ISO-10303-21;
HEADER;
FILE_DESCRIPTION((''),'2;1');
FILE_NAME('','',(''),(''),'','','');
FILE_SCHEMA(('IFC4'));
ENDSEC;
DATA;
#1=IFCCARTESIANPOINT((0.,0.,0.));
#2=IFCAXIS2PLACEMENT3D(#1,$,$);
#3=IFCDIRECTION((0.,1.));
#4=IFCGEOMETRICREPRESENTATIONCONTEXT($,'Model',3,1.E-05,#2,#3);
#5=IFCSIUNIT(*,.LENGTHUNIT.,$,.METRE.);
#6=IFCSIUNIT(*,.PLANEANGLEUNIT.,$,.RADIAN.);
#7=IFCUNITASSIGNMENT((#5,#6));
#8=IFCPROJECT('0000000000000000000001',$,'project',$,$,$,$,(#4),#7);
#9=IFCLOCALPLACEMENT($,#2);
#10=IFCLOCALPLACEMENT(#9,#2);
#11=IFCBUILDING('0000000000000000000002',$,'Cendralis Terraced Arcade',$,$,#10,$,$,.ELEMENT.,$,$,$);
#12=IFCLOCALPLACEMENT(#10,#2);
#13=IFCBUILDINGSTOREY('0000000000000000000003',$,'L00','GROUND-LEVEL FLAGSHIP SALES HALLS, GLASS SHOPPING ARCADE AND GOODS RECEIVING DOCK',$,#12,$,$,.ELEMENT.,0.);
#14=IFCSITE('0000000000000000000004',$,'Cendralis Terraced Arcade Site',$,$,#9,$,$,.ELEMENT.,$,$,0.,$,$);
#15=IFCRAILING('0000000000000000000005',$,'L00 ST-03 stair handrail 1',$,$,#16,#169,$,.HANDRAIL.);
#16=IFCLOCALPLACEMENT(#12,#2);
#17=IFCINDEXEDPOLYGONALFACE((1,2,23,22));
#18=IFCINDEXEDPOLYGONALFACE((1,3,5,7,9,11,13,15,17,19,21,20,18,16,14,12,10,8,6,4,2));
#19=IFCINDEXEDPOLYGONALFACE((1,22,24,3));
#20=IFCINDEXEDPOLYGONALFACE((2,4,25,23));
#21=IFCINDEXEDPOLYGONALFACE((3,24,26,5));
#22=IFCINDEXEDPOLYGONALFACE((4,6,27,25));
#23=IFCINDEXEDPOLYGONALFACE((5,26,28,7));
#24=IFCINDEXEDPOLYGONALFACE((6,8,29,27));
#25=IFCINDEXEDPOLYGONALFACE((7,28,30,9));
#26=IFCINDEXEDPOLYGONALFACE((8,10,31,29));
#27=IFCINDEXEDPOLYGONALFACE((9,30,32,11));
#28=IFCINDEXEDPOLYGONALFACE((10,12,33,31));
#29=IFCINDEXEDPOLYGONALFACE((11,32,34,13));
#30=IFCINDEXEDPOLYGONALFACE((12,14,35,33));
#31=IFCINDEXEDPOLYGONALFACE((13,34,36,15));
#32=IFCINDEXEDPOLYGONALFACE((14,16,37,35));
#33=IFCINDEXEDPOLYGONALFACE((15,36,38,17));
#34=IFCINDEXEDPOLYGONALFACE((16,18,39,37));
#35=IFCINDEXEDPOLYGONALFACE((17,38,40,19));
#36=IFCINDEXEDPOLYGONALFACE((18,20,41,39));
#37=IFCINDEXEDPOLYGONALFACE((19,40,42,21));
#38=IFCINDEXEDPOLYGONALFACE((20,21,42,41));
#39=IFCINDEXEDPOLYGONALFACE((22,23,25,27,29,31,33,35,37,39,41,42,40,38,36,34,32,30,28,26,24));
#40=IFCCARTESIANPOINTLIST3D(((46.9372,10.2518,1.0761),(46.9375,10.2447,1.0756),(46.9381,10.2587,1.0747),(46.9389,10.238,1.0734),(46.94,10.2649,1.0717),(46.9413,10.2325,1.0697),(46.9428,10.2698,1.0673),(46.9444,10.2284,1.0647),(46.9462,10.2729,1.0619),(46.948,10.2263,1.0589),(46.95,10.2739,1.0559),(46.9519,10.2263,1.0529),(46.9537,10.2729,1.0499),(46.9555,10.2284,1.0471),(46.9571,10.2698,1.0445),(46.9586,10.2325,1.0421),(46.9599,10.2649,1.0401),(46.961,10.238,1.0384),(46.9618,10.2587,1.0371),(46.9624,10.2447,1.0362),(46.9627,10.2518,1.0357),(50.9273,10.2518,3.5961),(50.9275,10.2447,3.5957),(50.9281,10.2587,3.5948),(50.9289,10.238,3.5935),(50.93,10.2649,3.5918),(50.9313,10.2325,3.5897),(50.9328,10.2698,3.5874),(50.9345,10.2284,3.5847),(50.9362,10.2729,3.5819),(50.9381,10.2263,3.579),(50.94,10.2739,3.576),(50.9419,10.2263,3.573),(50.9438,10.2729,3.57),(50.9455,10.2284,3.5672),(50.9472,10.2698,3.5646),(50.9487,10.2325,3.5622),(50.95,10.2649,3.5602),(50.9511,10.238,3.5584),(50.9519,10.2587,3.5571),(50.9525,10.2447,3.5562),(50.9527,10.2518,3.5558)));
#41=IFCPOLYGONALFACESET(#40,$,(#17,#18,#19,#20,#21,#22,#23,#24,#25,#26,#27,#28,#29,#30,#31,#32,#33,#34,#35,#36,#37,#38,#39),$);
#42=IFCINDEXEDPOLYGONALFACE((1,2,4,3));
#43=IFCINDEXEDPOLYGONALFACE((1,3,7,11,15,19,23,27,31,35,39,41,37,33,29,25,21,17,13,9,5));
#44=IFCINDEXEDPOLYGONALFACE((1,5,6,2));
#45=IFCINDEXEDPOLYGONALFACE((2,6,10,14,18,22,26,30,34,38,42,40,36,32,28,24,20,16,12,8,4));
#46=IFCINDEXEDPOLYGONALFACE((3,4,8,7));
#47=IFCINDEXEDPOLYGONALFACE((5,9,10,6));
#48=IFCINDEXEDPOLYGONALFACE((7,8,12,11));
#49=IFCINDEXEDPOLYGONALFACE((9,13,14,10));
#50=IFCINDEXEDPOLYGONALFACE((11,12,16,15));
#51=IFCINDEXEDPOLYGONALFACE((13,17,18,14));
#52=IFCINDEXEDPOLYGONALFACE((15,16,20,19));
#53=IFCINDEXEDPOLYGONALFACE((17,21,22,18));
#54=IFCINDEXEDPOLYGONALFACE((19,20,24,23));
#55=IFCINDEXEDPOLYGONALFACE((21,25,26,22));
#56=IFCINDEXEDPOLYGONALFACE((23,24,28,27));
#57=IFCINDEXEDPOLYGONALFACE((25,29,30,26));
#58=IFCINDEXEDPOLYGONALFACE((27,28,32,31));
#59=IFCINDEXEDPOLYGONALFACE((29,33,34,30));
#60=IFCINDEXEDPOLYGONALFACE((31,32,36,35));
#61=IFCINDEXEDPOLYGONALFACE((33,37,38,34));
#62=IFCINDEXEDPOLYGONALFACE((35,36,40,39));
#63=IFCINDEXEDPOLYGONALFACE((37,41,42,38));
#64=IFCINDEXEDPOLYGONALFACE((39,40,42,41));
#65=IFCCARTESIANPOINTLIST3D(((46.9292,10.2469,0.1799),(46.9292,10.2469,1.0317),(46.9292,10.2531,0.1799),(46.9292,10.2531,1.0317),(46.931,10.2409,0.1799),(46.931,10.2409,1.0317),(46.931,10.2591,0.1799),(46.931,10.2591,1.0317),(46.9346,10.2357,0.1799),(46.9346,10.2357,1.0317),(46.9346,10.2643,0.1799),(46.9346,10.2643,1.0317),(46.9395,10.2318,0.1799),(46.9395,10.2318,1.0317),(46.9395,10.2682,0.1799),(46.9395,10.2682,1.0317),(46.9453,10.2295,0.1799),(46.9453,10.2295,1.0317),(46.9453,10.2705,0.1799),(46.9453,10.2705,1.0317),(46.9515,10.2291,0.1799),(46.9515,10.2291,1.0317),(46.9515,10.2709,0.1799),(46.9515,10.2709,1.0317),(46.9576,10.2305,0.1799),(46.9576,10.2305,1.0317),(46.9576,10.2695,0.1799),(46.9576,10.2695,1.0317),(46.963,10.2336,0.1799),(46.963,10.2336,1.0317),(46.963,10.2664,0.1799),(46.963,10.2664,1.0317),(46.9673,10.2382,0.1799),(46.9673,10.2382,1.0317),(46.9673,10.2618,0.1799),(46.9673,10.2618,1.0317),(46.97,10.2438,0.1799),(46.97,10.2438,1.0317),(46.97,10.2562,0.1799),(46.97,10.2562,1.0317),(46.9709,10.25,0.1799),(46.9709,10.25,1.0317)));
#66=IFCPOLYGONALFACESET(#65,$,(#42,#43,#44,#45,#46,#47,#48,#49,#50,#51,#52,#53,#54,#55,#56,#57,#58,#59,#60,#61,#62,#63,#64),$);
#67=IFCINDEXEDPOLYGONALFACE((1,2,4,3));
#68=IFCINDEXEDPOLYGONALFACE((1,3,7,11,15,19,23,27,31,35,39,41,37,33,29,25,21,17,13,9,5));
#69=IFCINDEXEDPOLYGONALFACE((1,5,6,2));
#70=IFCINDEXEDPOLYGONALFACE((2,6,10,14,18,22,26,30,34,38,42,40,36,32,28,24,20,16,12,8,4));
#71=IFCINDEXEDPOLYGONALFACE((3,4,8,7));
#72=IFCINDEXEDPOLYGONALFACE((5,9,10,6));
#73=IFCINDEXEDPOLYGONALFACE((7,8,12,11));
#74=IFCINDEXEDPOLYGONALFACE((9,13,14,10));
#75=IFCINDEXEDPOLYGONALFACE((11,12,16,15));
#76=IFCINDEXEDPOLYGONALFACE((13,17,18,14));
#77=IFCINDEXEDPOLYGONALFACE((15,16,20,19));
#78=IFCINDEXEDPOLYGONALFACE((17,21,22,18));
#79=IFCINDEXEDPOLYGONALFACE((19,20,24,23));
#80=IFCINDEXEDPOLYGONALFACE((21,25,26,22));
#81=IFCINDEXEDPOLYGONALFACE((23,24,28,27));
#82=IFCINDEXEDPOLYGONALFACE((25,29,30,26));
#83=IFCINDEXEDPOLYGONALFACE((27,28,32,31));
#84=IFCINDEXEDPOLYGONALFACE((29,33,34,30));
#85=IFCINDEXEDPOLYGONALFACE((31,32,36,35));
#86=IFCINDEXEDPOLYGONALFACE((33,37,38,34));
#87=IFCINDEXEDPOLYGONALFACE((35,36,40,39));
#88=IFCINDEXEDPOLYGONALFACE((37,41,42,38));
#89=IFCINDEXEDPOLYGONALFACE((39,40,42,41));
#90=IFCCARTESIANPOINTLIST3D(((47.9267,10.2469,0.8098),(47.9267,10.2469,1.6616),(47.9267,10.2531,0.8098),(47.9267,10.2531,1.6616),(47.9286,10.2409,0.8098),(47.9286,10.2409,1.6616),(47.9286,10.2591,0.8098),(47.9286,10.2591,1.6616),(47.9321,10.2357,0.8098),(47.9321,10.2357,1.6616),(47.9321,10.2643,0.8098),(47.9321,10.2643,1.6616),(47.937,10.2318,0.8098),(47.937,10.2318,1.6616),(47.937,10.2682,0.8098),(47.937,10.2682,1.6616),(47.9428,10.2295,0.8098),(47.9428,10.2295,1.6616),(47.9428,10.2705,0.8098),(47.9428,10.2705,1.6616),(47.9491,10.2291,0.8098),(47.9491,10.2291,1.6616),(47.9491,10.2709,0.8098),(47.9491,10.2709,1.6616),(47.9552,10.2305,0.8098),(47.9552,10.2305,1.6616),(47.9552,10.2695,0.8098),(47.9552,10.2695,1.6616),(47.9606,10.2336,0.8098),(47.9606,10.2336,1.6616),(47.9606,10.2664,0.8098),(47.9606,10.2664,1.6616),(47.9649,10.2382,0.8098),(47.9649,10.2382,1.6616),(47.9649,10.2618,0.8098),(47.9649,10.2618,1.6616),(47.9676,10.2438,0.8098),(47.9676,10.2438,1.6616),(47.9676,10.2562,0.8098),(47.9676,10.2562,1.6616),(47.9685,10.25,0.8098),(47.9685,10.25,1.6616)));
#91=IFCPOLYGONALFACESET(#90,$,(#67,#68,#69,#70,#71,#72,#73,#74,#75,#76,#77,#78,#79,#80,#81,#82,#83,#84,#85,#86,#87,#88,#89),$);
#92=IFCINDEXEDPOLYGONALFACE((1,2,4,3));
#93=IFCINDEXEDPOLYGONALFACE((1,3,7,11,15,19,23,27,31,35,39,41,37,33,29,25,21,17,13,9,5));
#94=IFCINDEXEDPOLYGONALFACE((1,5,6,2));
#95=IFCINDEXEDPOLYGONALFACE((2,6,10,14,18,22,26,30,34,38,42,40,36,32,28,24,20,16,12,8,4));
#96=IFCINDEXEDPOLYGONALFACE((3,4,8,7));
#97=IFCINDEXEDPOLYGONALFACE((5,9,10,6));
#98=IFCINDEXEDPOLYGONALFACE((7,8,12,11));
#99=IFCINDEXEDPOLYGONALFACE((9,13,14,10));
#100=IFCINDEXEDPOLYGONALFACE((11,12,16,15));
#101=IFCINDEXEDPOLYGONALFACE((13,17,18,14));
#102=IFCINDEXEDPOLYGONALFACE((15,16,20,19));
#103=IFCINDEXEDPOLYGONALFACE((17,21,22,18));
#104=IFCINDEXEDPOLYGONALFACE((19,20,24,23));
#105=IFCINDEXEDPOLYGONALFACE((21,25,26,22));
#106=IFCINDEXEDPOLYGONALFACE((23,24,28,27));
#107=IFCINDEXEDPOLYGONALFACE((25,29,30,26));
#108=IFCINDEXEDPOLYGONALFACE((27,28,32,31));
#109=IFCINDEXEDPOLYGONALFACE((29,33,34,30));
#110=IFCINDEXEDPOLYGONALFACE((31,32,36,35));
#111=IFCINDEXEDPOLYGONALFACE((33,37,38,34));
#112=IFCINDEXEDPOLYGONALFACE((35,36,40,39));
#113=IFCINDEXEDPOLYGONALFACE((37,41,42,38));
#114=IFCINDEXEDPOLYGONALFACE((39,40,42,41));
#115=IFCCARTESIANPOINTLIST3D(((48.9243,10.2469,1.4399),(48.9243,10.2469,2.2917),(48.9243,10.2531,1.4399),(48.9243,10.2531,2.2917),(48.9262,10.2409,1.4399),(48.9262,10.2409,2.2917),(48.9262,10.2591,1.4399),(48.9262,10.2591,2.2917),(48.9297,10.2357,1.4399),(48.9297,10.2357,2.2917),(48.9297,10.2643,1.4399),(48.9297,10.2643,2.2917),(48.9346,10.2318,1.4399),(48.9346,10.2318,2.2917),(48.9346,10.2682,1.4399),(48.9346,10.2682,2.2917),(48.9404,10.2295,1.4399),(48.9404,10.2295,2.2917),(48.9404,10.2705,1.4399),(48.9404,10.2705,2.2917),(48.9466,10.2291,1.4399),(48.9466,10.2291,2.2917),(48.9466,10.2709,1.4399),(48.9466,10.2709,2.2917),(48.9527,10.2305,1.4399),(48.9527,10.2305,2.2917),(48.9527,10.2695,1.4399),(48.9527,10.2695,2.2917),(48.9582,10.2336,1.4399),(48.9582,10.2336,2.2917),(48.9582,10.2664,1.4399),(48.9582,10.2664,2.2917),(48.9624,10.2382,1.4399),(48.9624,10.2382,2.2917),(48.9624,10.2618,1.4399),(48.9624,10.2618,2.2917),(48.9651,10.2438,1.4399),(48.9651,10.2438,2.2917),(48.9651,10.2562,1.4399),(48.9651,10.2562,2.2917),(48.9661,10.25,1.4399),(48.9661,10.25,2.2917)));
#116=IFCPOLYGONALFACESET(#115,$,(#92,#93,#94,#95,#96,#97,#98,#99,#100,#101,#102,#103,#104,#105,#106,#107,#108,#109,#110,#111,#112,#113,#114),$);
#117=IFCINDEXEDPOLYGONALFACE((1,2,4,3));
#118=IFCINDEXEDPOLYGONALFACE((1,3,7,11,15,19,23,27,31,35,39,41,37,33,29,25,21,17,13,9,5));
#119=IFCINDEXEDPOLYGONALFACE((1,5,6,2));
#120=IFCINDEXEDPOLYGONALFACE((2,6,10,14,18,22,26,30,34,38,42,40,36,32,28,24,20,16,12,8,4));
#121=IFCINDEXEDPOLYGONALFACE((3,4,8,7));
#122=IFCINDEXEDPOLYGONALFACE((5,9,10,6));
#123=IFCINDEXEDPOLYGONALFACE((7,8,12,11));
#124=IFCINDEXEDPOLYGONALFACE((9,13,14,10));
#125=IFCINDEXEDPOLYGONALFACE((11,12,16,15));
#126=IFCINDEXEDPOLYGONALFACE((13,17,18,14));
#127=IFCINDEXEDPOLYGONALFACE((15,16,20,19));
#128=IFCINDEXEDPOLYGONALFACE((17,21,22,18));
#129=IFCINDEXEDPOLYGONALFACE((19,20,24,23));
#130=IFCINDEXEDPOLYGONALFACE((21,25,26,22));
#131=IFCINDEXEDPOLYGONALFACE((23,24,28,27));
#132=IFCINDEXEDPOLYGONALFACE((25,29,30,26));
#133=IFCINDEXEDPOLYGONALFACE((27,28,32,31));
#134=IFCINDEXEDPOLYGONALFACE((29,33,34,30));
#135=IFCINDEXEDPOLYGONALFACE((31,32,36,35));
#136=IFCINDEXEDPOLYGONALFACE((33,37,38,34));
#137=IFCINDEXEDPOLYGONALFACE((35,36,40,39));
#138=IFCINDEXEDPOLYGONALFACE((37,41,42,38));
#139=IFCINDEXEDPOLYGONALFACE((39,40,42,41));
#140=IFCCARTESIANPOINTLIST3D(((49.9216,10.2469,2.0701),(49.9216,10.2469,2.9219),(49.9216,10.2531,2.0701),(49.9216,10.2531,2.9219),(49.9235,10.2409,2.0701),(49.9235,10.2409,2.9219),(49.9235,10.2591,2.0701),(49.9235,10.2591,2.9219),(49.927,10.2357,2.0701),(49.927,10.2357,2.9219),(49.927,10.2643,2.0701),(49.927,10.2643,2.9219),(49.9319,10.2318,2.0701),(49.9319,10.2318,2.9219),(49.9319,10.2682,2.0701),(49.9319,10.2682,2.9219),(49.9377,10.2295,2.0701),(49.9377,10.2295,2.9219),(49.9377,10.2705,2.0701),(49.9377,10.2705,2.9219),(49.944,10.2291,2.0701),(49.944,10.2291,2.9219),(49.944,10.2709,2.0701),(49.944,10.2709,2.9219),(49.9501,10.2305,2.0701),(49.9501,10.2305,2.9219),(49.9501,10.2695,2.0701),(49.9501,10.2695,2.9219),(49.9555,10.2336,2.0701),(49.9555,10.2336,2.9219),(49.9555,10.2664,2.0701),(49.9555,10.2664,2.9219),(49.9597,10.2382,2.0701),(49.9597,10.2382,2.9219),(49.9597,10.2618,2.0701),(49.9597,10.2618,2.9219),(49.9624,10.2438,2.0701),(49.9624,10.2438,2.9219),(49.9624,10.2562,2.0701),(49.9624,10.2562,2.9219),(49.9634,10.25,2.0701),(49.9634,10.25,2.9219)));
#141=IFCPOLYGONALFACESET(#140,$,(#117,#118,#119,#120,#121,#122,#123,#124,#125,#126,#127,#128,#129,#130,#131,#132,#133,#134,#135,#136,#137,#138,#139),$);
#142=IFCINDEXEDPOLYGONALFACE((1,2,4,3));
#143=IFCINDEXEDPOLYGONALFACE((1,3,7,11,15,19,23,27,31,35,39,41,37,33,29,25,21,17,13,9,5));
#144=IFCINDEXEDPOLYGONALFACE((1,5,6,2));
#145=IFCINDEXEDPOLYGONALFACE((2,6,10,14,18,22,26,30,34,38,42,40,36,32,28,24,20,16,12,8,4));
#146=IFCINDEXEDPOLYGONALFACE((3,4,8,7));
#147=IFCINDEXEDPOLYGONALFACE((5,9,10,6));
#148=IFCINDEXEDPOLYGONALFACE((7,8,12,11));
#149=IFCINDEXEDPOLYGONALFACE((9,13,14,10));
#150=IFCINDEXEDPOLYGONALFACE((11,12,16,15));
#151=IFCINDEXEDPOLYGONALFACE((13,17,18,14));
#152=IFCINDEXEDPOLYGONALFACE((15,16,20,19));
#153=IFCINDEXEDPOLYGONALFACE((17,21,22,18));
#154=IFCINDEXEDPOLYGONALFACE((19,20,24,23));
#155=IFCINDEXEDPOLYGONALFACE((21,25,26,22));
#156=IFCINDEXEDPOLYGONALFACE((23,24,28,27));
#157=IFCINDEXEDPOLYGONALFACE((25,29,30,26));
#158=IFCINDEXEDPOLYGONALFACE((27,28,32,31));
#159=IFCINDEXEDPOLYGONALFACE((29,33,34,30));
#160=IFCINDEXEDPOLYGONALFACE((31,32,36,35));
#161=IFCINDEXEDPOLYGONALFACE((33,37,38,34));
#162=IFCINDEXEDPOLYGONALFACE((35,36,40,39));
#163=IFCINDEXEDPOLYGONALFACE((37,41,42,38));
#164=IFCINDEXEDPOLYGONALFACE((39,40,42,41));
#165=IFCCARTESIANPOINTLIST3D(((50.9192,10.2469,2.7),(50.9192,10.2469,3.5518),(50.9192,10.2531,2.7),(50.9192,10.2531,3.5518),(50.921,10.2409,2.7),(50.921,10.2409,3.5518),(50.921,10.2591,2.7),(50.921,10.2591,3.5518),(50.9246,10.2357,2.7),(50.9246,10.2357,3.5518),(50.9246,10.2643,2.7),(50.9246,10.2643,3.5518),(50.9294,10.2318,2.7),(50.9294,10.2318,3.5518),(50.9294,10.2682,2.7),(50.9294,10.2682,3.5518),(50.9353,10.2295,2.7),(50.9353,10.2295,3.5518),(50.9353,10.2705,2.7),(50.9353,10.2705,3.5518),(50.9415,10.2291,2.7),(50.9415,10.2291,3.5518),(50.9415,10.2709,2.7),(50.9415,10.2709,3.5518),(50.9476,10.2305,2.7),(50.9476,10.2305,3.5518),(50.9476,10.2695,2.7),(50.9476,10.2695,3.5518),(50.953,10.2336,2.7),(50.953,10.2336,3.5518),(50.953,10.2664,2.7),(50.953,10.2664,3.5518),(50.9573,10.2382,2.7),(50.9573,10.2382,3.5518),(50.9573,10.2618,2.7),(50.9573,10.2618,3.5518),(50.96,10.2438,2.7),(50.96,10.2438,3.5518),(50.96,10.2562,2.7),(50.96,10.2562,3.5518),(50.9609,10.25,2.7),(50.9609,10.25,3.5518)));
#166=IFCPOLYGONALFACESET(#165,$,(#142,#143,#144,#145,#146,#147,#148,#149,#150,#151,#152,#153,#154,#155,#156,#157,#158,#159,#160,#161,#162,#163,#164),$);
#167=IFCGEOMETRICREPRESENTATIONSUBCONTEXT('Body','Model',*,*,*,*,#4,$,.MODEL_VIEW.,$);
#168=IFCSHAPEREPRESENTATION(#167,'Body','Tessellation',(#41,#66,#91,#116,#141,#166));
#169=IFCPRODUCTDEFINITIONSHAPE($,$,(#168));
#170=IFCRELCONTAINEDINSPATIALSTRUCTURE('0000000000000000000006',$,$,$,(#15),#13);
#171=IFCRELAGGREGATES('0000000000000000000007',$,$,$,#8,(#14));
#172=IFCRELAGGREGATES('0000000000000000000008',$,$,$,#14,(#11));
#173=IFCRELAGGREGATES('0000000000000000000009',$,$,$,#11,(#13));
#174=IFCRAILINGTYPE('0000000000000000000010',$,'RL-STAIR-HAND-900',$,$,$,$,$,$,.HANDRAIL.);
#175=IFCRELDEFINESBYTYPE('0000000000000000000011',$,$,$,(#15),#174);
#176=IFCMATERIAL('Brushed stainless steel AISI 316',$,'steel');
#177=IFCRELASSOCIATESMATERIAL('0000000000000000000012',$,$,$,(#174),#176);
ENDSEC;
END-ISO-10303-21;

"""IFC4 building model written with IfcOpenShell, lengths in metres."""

from ifc_helpers import new_model, si_unit, direction, frame, origin, origin_2d, place, context, subcontext, project, spatial, circle, extrude, material, type_object, element, save


model = new_model("IFC4")

# Units and contexts
model_context = context("Model", 3, precision=1e-05, world=origin(), true_north=direction((0.0, 1.0)))
body_context = subcontext(model_context, "Body", "Model", "MODEL_VIEW")
ifc_project = project(units=[si_unit("LENGTHUNIT", "METRE"), si_unit("PLANEANGLEUNIT", "RADIAN")], contexts=[model_context])

# Site, building, storey
site_placement = place(None, origin())
site = spatial("IfcSite", under=ifc_project, at=site_placement, Name="Cendralis Terraced Arcade Site", CompositionType="ELEMENT", RefElevation=0.0)
building_placement = place(site_placement, origin())
building = spatial("IfcBuilding", under=site, at=building_placement, Name="Cendralis Terraced Arcade", CompositionType="ELEMENT")
storey_placement = place(building_placement, origin())
storey = spatial("IfcBuildingStorey", under=building, at=storey_placement, Name="L00", Description="GROUND-LEVEL FLAGSHIP SALES HALLS, GLASS SHOPPING ARCADE AND GOODS RECEIVING DOCK", CompositionType="ELEMENT", Elevation=0.0)

# Railing
ifc_material_1 = material(Name="Brushed stainless steel AISI 316", Category="steel")
railing_type_1 = type_object("IfcRailingType", Name="RL-STAIR-HAND-900", PredefinedType="HANDRAIL", material=ifc_material_1)
railing_1_placement = place(storey_placement, frame((46.95, 10.25, 0.1799)))
element("IfcRailing", 1, at=railing_1_placement, inside=storey, type_object=railing_type_1, Name="L00 ST-03 stair handrail 1", PredefinedType="HANDRAIL", context=body_context, shape_type="SweptSolid", body=[
    extrude(circle(Radius=0.0239, at=origin_2d()), frame((0.0, 0.0, 0.876), z_axis=(0.845486, 0.0, 0.533997), x_axis=(0.0, 1.0, 0.0)), (0.0, 0.0, 1.0), 4.7192),
    extrude(circle(Radius=0.021, at=origin_2d()), origin(), (0.0, 0.0, 1.0), 0.8518),
    extrude(circle(Radius=0.021, at=origin_2d()), frame((0.9976, 0.0, 0.6299)), (0.0, 0.0, 1.0), 0.8518),
    extrude(circle(Radius=0.021, at=origin_2d()), frame((1.9951, 0.0, 1.26)), (0.0, 0.0, 1.0), 0.8518),
    extrude(circle(Radius=0.021, at=origin_2d()), frame((2.9924, 0.0, 1.8901)), (0.0, 0.0, 1.0), 0.8518),
    extrude(circle(Radius=0.021, at=origin_2d()), frame((3.99, 0.0, 2.52)), (0.0, 0.0, 1.0), 0.8518),
])

save(model, "model.ifc")
